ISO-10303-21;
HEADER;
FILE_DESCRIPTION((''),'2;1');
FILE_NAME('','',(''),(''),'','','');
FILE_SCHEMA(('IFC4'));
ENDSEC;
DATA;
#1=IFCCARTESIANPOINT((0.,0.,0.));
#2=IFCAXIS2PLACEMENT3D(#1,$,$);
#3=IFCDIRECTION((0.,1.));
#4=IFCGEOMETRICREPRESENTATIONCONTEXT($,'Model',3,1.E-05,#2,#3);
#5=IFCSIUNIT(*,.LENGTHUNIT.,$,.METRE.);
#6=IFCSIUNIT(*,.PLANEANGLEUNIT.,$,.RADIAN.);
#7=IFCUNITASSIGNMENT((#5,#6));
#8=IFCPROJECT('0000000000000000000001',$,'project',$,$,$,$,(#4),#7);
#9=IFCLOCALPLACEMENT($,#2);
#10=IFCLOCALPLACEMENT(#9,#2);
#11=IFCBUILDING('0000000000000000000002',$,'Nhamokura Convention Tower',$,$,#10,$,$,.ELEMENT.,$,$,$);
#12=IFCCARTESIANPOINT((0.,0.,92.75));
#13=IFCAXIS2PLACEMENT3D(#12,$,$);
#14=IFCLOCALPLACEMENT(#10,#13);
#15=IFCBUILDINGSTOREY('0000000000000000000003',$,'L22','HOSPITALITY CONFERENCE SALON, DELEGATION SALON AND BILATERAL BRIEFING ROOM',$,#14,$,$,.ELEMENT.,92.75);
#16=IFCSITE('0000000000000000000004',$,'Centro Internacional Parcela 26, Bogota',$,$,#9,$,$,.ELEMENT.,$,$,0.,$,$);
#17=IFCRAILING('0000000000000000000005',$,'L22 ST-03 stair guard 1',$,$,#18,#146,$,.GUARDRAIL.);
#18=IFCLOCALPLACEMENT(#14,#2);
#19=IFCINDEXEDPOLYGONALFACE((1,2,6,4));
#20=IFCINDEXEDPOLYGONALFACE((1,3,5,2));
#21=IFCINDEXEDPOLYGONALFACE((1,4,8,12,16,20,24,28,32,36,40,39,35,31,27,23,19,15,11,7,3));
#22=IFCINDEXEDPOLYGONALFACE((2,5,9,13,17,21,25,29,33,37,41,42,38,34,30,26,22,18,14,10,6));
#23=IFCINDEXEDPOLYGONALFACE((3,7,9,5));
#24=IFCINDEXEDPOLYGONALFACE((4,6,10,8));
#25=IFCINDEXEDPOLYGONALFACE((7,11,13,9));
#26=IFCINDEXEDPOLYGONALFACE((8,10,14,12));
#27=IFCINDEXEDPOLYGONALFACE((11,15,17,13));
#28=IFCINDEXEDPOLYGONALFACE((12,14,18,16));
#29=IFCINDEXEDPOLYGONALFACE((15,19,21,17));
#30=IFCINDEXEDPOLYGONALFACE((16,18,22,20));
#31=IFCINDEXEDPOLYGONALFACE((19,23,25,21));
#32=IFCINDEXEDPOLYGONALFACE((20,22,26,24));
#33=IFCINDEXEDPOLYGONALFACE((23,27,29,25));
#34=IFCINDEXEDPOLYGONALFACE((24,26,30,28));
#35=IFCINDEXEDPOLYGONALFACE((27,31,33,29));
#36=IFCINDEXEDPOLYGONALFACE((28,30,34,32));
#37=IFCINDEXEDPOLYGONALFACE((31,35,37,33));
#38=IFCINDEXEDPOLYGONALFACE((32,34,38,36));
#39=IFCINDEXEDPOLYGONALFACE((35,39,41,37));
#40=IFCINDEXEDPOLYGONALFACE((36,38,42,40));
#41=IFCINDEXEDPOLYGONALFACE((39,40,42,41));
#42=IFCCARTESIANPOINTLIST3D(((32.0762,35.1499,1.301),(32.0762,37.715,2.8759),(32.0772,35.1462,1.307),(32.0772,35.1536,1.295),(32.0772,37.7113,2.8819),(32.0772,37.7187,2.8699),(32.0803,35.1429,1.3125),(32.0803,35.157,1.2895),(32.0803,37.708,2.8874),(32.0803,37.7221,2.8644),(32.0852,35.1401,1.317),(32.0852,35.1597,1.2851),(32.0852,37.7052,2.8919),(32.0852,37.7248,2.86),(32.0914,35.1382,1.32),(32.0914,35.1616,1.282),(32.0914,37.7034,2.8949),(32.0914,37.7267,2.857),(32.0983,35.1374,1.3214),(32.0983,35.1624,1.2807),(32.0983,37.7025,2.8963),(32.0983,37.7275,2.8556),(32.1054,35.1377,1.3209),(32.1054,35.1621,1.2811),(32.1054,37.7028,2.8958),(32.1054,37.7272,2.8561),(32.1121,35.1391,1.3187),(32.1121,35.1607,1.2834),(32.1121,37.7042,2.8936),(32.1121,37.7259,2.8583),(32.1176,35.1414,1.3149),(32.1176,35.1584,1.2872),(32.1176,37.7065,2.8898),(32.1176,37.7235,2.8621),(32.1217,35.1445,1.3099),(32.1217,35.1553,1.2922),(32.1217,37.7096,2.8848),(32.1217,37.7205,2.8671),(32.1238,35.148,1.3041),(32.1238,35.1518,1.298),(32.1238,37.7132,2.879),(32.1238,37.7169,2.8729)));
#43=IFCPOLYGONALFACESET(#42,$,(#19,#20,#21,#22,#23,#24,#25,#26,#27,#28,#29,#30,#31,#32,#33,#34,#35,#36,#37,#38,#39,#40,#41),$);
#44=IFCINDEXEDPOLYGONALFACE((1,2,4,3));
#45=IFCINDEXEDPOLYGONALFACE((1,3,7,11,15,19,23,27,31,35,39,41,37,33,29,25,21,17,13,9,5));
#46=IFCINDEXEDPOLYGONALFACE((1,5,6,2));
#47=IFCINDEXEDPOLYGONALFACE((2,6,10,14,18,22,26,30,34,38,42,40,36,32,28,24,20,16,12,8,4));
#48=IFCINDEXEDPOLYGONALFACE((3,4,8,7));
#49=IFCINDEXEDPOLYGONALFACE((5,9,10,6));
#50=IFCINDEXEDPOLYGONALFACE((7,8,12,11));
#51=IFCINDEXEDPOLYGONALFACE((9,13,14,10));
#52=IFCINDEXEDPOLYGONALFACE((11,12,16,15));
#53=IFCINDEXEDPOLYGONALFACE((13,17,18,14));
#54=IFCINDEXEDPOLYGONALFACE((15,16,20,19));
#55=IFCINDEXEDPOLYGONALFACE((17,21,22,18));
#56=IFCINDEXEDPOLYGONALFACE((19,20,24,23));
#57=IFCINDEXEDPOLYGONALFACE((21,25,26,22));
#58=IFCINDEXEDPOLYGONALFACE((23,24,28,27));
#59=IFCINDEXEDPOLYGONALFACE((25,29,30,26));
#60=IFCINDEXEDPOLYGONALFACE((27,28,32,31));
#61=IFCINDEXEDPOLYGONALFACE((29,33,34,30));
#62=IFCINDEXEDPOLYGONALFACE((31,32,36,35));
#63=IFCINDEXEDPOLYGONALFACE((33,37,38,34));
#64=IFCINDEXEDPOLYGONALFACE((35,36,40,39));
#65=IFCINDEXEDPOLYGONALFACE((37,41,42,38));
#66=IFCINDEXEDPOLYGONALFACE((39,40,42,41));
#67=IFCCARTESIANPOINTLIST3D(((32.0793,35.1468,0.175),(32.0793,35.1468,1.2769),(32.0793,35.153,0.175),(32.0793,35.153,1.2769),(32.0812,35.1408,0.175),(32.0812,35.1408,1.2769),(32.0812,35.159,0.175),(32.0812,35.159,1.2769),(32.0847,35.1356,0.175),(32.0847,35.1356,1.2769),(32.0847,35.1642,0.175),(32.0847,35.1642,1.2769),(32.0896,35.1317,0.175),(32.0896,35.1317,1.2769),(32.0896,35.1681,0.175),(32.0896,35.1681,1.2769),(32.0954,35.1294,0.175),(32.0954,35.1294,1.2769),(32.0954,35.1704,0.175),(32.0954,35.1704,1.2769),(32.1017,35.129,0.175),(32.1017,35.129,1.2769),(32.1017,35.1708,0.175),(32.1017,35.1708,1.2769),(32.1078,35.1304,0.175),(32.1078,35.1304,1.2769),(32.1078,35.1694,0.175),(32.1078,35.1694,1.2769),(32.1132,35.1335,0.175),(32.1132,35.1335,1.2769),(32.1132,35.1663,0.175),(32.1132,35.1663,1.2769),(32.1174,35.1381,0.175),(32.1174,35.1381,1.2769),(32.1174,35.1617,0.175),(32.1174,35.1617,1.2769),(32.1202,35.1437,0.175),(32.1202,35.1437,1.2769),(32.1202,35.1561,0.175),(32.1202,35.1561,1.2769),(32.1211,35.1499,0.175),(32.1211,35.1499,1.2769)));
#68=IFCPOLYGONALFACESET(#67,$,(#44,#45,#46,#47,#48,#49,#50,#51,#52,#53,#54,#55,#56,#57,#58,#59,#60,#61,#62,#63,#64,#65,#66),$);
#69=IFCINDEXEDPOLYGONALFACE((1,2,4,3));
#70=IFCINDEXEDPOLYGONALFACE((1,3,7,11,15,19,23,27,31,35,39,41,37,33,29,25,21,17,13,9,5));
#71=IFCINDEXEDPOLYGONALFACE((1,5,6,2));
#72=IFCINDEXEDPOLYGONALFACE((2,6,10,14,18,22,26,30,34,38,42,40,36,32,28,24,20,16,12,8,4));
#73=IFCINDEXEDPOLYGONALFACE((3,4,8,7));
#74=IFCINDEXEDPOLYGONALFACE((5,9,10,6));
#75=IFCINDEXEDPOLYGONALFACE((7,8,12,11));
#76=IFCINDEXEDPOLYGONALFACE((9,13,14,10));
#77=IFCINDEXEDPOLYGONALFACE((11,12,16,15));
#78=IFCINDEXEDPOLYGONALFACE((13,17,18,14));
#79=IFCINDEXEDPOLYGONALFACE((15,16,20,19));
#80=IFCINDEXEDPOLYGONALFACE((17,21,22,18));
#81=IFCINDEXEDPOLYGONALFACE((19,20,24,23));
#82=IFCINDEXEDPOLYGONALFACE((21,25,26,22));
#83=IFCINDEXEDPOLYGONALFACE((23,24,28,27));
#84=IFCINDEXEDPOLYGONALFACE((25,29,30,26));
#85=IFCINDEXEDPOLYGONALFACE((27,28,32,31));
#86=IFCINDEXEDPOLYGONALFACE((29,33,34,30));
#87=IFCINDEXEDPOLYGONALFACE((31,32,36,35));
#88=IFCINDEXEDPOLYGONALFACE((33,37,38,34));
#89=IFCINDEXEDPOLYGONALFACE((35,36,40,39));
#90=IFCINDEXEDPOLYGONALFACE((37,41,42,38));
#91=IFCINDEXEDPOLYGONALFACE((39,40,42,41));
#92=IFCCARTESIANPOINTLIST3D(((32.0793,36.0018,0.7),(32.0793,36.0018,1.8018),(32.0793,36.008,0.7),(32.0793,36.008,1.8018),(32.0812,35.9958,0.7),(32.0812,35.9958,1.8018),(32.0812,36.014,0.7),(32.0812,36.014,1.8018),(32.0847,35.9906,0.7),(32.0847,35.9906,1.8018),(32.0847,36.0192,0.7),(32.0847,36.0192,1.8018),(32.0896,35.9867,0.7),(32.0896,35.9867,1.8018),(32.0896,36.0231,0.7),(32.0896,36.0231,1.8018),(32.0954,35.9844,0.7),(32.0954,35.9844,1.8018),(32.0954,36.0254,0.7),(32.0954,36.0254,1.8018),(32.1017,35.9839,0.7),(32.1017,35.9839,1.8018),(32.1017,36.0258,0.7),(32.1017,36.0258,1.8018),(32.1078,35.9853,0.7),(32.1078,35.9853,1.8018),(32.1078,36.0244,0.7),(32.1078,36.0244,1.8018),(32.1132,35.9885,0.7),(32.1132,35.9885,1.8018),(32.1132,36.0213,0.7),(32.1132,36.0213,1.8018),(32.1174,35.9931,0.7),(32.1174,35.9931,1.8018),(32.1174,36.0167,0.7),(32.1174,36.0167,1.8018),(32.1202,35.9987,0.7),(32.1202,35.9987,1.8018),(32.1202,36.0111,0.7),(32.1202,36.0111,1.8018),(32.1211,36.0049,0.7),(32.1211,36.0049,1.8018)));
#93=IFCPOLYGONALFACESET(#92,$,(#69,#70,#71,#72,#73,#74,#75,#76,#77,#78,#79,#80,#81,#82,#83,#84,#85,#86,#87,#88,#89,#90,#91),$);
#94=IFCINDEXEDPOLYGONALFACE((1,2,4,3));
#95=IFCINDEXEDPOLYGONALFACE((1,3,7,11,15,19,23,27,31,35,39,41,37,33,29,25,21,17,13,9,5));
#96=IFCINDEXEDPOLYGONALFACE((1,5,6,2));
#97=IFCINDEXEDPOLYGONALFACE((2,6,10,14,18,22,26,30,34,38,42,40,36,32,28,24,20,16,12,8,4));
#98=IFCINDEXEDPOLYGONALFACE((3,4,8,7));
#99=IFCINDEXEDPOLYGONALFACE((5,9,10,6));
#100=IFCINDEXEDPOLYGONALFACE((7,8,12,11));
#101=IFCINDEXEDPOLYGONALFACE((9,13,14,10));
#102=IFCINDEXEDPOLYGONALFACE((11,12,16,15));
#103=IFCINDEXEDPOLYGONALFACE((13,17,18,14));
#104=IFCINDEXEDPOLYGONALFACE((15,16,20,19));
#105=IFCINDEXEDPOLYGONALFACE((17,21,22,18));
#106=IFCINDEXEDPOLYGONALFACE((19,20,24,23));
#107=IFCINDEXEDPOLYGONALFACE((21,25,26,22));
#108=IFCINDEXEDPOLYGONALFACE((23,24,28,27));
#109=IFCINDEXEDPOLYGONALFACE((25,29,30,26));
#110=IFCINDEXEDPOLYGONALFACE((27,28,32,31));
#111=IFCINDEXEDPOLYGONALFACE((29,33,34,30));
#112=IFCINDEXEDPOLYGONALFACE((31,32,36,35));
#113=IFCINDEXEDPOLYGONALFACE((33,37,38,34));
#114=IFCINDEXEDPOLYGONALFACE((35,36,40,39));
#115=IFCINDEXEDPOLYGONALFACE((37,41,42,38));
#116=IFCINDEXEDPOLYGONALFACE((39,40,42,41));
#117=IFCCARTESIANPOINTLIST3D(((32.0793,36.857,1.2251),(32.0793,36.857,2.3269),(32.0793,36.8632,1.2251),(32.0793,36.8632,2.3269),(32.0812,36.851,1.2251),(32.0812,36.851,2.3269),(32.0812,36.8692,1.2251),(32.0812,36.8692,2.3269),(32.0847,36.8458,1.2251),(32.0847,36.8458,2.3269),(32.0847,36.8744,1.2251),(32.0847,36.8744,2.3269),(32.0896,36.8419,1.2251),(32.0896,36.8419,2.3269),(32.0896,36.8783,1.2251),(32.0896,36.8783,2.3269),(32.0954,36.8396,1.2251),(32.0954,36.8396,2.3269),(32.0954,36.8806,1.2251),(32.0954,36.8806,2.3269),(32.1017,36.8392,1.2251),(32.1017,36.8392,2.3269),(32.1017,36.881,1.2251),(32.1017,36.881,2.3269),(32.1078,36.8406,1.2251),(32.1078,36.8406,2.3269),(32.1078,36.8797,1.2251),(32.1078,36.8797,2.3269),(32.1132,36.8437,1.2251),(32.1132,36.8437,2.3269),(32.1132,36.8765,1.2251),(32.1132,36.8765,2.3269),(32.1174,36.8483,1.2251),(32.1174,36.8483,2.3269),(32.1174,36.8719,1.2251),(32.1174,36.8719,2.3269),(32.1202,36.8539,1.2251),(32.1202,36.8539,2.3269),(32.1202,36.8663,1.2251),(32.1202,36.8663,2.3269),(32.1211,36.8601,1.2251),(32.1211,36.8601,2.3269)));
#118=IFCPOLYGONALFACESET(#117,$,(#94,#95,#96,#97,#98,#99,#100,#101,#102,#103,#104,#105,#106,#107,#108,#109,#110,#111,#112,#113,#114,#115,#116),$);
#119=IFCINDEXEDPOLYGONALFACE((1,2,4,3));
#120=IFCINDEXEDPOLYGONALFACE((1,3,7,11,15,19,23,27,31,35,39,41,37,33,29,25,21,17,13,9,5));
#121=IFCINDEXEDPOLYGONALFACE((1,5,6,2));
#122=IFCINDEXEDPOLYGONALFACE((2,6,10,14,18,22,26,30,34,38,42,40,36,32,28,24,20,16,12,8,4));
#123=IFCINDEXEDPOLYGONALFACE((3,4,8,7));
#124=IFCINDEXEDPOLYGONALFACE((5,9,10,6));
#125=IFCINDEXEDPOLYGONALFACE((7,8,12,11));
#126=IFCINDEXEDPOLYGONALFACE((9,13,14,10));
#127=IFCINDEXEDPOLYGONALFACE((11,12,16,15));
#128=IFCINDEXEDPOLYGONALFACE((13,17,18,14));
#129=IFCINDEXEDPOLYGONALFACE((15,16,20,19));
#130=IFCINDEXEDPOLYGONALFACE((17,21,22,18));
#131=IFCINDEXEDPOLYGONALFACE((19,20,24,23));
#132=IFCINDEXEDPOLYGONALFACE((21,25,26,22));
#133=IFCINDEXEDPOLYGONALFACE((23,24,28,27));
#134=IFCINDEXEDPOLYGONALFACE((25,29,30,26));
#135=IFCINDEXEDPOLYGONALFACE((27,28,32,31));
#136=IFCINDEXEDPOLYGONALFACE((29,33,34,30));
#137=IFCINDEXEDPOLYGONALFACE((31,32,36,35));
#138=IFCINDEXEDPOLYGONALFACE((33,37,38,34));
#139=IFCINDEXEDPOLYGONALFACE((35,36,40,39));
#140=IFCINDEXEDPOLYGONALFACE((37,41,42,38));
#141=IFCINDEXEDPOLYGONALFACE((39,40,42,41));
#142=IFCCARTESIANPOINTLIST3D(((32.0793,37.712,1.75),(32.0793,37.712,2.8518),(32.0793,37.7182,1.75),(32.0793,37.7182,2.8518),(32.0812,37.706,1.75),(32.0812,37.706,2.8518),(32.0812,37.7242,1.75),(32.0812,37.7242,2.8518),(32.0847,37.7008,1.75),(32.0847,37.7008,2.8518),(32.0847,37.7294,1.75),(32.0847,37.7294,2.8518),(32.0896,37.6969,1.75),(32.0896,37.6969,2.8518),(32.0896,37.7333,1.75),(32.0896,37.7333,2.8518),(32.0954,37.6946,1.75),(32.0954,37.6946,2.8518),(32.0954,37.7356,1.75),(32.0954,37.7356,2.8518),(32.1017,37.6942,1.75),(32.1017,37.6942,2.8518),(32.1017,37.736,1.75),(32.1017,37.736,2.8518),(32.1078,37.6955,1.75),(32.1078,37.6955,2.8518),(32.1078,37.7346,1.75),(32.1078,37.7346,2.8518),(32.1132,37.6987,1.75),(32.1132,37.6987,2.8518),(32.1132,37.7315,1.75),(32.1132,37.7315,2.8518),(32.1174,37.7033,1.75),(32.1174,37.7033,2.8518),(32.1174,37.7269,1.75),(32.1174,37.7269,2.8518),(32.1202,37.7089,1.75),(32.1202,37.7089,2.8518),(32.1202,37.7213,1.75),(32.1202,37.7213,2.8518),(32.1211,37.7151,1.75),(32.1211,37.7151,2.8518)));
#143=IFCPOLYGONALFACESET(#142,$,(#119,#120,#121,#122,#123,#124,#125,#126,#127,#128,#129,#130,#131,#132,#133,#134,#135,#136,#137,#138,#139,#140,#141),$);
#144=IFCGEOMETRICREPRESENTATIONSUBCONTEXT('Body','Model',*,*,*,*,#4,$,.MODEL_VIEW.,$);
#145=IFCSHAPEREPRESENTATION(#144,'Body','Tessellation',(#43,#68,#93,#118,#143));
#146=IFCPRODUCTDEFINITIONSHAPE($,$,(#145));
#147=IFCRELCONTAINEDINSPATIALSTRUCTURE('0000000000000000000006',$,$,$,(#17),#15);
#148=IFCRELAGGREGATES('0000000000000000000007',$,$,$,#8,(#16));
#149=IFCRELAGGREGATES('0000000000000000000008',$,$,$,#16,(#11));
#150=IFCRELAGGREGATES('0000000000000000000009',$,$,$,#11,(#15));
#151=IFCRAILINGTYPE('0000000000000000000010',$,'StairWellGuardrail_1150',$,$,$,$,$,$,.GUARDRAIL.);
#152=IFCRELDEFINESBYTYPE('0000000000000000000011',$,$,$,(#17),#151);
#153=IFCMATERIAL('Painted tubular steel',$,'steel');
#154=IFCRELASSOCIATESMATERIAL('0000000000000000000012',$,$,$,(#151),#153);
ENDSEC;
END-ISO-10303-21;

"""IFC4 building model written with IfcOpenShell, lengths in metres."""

from ifc_helpers import new_model, si_unit, direction, frame, origin, origin_2d, place, context, subcontext, project, spatial, circle, extrude, material, type_object, element, save


model = new_model("IFC4")

# Units and contexts
model_context = context("Model", 3, precision=1e-05, world=origin(), true_north=direction((0.0, 1.0)))
body_context = subcontext(model_context, "Body", "Model", "MODEL_VIEW")
ifc_project = project(units=[si_unit("LENGTHUNIT", "METRE"), si_unit("PLANEANGLEUNIT", "RADIAN")], contexts=[model_context])

# Site, building, storey
site_placement = place(None, origin())
site = spatial("IfcSite", under=ifc_project, at=site_placement, Name="Centro Internacional Parcela 26, Bogota", CompositionType="ELEMENT", RefElevation=0.0)
building_placement = place(site_placement, origin())
building = spatial("IfcBuilding", under=site, at=building_placement, Name="Nhamokura Convention Tower", CompositionType="ELEMENT")
storey_placement = place(building_placement, frame((0.0, 0.0, 92.75)))
storey = spatial("IfcBuildingStorey", under=building, at=storey_placement, Name="L22", Description="HOSPITALITY CONFERENCE SALON, DELEGATION SALON AND BILATERAL BRIEFING ROOM", CompositionType="ELEMENT", Elevation=92.75)

# Railing
ifc_material_1 = material(Name="Painted tubular steel", Category="steel")
railing_type_1 = type_object("IfcRailingType", Name="StairWellGuardrail_1150", PredefinedType="GUARDRAIL", material=ifc_material_1)
railing_1_placement = place(storey_placement, frame((32.1001, 35.1499, 0.175)))
element("IfcRailing", 1, at=railing_1_placement, inside=storey, type_object=railing_type_1, Name="L22 ST-03 stair guard 1", PredefinedType="GUARDRAIL", context=body_context, shape_type="SweptSolid", body=[
    extrude(circle(Radius=0.0239, at=origin_2d()), frame((0.0, 0.0, 1.126), z_axis=(0.0, 0.852195, 0.523224), x_axis=(-1.0, 0.0, 0.0)), (0.0, 0.0, 1.0), 3.01),
    extrude(circle(Radius=0.021, at=origin_2d()), origin(), (0.0, 0.0, 1.0), 1.1018),
    extrude(circle(Radius=0.021, at=origin_2d()), frame((0.0, 0.855, 0.5249)), (0.0, 0.0, 1.0), 1.1018),
    extrude(circle(Radius=0.021, at=origin_2d()), frame((0.0, 1.7102, 1.05)), (0.0, 0.0, 1.0), 1.1018),
    extrude(circle(Radius=0.021, at=origin_2d()), frame((0.0, 2.5652, 1.575)), (0.0, 0.0, 1.0), 1.1018),
])

save(model, "model.ifc")
